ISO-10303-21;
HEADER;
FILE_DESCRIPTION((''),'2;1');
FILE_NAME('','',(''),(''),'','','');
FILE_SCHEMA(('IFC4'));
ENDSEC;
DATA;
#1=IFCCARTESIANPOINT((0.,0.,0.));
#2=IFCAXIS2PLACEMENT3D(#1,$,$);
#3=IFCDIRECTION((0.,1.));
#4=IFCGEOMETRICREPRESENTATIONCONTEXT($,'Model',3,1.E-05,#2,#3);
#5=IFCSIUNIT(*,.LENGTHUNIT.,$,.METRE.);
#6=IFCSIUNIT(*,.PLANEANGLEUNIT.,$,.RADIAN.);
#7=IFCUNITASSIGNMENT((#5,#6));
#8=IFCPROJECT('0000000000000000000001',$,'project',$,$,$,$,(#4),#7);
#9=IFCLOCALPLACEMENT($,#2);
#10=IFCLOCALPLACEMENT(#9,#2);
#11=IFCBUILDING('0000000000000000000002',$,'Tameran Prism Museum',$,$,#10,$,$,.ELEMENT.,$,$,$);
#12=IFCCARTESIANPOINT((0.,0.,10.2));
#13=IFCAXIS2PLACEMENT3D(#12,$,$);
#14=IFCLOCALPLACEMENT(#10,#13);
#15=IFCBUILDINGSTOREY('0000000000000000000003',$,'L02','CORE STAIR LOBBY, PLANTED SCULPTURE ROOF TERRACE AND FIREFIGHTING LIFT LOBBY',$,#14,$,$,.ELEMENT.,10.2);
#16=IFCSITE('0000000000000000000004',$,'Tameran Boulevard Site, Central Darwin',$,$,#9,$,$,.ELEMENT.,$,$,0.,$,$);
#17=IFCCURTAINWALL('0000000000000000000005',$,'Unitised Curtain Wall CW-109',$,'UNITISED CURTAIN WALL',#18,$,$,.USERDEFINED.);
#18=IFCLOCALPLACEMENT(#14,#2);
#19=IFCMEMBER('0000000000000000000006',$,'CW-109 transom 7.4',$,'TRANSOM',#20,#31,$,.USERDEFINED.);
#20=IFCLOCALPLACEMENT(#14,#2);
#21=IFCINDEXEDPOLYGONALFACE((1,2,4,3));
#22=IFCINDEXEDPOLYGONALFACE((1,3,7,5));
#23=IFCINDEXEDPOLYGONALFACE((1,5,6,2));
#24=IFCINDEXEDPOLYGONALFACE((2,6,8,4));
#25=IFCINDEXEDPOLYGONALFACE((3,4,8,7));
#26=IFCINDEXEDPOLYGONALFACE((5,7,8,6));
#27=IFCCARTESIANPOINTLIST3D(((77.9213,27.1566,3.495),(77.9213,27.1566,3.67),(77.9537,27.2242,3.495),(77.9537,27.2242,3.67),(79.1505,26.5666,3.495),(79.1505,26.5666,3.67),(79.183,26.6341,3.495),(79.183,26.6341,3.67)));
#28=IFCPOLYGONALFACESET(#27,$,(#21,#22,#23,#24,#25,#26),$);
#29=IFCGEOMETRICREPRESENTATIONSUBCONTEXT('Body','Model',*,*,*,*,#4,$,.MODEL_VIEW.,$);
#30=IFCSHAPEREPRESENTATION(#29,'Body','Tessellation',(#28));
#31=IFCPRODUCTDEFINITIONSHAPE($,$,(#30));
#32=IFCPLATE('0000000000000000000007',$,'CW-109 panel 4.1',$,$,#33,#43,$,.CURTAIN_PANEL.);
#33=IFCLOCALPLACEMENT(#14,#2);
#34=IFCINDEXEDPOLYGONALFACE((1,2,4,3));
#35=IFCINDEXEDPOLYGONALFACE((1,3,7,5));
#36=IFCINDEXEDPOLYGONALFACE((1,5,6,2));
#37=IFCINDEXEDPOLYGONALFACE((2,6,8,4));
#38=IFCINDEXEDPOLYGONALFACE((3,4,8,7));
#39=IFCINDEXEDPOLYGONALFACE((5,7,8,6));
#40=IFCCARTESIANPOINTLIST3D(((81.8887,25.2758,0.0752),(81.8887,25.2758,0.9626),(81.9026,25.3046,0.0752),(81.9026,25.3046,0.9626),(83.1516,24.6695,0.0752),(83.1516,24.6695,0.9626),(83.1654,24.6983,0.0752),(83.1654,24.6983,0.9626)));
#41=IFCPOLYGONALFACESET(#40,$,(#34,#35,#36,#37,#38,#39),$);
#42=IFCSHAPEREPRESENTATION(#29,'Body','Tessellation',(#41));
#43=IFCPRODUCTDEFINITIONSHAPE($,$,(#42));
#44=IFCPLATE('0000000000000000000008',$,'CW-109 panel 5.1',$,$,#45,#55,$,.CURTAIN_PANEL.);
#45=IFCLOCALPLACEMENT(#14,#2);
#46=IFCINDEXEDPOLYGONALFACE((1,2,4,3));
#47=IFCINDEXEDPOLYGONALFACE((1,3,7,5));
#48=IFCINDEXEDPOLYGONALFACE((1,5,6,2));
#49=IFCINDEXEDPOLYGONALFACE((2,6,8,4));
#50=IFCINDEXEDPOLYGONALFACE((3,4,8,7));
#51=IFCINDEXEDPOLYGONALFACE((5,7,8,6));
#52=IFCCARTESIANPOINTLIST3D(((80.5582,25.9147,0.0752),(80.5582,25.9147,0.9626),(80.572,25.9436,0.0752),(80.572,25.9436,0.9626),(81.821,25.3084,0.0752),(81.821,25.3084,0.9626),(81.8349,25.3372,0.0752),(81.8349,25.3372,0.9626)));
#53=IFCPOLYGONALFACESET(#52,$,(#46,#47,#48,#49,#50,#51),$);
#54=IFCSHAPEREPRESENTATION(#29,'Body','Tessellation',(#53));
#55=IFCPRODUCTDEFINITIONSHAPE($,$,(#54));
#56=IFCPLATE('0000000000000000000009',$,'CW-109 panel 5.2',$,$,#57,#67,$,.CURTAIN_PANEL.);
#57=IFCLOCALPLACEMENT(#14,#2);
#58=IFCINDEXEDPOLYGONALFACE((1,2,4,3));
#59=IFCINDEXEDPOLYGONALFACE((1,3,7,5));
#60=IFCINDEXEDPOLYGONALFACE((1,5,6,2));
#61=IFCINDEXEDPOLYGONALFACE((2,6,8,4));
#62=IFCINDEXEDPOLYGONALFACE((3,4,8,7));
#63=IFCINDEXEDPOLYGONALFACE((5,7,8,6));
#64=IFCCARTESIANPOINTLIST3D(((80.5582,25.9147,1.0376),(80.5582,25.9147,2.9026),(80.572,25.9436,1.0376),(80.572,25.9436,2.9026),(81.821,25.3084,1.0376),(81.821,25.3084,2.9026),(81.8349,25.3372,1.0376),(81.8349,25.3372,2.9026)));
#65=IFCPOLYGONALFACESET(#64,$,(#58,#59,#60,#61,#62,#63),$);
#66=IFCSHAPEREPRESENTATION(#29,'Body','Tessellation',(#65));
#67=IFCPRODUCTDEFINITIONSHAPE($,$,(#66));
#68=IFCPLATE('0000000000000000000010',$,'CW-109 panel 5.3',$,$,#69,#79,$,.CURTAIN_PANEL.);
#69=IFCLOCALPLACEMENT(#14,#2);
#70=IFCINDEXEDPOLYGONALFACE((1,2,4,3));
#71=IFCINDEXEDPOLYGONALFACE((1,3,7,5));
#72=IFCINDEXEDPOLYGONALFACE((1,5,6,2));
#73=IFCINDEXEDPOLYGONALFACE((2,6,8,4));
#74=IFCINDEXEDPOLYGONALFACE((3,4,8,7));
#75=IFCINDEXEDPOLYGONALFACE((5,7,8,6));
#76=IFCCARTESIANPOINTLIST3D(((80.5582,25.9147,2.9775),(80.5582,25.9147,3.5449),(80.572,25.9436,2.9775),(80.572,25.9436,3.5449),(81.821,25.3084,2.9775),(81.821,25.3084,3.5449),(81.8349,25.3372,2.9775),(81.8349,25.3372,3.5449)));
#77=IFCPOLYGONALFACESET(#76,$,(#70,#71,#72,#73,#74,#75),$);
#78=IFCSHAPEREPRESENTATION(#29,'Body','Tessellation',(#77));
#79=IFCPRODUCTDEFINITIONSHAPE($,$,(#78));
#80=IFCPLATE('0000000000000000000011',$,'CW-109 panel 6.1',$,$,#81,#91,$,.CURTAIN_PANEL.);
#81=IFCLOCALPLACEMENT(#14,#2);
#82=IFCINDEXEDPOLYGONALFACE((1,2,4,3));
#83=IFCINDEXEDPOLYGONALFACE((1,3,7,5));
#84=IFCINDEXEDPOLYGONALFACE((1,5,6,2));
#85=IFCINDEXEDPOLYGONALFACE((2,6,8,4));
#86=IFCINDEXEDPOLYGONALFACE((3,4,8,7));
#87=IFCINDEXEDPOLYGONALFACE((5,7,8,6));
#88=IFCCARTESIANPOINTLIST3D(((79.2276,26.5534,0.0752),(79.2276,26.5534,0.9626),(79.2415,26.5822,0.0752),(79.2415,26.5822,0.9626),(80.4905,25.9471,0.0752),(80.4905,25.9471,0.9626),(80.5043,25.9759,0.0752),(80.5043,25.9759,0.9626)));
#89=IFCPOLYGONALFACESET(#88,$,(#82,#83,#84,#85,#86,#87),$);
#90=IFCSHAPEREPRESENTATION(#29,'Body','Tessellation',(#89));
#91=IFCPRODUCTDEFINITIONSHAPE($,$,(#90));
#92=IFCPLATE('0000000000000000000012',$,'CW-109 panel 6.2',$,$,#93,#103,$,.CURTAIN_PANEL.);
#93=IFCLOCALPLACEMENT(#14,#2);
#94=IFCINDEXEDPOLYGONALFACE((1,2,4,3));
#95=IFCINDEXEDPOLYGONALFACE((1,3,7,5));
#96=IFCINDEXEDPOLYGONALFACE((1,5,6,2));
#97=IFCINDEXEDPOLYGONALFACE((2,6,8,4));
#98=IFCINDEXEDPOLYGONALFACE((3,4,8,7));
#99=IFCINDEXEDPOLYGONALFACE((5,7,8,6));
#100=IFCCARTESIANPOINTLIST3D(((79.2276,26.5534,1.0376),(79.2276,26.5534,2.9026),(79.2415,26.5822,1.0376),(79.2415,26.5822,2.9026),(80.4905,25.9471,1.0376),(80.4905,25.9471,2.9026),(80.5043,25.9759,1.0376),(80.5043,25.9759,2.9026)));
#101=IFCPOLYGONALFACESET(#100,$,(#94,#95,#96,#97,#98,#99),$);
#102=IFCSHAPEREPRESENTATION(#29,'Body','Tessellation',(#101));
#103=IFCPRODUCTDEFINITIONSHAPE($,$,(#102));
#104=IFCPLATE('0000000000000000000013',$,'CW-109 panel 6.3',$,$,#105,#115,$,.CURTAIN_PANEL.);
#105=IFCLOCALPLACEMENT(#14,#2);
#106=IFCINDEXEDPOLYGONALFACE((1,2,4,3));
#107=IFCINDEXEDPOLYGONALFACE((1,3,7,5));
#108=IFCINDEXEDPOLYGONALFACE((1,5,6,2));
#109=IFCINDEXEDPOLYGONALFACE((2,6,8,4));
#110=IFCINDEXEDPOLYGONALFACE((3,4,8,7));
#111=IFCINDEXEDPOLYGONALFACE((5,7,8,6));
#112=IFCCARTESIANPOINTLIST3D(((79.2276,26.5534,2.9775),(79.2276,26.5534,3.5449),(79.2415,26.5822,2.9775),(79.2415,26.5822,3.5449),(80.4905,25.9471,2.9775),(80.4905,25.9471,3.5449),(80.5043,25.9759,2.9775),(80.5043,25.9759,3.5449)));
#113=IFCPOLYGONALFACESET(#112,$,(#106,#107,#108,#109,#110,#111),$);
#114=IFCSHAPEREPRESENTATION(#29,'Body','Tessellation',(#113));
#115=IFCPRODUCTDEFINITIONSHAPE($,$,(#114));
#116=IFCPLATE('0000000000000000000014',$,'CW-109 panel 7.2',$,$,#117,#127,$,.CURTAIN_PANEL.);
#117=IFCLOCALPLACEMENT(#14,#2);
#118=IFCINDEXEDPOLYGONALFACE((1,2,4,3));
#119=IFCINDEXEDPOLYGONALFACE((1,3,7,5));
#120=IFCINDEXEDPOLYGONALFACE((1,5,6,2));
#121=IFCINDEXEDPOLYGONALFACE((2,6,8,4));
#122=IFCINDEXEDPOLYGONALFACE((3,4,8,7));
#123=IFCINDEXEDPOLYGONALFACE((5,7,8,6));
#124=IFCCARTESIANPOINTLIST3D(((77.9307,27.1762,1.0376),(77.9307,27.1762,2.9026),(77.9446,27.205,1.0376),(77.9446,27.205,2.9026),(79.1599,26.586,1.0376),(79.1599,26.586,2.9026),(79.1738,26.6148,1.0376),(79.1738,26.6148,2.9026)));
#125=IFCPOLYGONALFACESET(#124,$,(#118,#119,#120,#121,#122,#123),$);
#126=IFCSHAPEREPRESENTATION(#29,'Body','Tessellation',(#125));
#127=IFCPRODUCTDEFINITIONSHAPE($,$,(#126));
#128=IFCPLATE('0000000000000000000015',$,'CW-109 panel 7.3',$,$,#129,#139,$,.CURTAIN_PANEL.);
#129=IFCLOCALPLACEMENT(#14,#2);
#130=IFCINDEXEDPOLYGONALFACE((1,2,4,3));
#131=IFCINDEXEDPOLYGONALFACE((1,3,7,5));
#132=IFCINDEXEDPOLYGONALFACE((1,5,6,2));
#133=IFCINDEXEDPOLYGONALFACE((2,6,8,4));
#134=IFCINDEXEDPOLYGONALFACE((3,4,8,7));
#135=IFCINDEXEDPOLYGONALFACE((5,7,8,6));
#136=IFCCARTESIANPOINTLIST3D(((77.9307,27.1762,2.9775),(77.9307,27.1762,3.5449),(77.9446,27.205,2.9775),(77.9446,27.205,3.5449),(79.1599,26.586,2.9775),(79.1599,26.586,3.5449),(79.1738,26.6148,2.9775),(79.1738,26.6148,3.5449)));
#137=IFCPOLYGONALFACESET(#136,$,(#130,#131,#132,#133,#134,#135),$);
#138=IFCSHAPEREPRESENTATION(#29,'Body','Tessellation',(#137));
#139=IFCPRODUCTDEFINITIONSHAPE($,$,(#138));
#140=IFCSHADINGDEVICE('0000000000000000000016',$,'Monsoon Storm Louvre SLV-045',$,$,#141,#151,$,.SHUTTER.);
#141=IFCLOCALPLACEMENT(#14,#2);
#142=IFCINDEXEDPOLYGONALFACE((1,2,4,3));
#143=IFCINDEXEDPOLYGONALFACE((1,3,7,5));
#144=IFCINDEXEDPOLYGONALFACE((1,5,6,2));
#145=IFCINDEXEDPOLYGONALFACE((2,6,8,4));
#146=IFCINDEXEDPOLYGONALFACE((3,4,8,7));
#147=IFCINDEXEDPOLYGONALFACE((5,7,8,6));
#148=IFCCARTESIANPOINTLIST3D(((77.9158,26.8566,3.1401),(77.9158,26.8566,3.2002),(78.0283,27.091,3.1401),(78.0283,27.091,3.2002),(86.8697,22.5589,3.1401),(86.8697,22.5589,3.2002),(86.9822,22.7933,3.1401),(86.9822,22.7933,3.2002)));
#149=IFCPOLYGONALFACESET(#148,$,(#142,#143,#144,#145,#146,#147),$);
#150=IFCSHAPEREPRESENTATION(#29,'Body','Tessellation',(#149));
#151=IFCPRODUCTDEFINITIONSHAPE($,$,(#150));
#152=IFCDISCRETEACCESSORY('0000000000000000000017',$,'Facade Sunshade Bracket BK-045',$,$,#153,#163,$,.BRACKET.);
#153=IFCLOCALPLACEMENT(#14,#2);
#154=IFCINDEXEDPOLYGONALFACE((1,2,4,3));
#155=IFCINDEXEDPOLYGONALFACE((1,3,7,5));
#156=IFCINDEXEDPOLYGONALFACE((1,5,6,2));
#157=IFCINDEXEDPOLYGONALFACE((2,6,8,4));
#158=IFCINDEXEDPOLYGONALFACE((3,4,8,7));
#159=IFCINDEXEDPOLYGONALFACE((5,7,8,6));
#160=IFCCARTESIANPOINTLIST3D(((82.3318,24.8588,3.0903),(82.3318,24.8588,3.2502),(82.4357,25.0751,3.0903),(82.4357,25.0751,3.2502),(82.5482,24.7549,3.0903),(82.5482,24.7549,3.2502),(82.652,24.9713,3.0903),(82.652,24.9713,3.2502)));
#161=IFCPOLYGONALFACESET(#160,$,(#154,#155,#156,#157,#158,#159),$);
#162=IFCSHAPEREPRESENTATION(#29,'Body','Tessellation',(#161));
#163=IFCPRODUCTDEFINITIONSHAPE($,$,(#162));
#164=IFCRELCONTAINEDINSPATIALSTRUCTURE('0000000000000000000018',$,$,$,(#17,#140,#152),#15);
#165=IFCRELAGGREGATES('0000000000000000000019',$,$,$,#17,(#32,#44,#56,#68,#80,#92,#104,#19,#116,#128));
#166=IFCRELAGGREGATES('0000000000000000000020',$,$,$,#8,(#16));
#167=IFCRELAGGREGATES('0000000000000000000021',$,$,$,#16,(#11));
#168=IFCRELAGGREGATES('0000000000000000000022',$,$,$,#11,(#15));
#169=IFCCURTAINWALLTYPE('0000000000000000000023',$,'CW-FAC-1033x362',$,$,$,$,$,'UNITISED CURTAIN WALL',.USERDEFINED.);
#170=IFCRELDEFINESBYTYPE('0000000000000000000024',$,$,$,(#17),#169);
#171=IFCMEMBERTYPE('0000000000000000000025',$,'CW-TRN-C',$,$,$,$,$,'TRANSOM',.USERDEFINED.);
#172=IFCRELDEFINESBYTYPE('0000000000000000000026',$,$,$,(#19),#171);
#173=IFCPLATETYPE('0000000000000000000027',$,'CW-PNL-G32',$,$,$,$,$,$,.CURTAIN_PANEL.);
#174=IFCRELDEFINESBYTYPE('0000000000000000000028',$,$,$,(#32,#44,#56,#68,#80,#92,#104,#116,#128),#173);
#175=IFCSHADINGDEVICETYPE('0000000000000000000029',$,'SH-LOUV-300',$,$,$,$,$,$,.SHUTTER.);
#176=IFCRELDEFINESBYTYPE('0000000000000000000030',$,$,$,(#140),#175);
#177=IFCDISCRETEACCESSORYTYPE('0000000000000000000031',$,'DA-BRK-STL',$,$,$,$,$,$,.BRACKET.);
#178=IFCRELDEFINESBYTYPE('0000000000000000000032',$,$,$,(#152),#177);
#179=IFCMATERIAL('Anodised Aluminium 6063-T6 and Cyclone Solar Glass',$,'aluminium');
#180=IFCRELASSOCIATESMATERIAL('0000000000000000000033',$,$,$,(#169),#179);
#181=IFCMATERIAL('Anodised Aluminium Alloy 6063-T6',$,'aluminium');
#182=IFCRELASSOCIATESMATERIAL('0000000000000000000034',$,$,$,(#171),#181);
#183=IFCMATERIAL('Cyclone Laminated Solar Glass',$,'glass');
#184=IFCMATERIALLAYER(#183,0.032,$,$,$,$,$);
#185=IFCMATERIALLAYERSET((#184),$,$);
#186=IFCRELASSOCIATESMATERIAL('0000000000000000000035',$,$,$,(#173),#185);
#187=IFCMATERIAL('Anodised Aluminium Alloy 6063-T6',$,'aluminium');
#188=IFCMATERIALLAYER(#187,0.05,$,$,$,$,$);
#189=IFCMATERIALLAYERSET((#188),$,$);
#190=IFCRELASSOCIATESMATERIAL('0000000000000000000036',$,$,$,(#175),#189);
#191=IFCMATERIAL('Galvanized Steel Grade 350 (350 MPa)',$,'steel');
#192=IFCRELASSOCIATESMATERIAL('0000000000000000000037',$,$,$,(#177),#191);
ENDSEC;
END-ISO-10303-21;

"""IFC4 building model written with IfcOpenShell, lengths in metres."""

from ifc_helpers import new_model, si_unit, direction, frame, origin, origin_2d, place, context, subcontext, project, spatial, rectangle, extrude, material, layer, layer_set, material_profile, profile_set, type_object, element, aggregate, save


model = new_model("IFC4")

# Units and contexts
model_context = context("Model", 3, precision=1e-05, world=origin(), true_north=direction((0.0, 1.0)))
body_context = subcontext(model_context, "Body", "Model", "MODEL_VIEW")
ifc_project = project(units=[si_unit("LENGTHUNIT", "METRE"), si_unit("PLANEANGLEUNIT", "RADIAN")], contexts=[model_context])

# Site, building, storey
site_placement = place(None, origin())
site = spatial("IfcSite", under=ifc_project, at=site_placement, Name="Tameran Boulevard Site, Central Darwin", CompositionType="ELEMENT", RefElevation=0.0)
building_placement = place(site_placement, origin())
building = spatial("IfcBuilding", under=site, at=building_placement, Name="Tameran Prism Museum", CompositionType="ELEMENT")
storey_placement = place(building_placement, frame((0.0, 0.0, 10.2)))
storey = spatial("IfcBuildingStorey", under=building, at=storey_placement, Name="L02", Description="CORE STAIR LOBBY, PLANTED SCULPTURE ROOF TERRACE AND FIREFIGHTING LIFT LOBBY", CompositionType="ELEMENT", Elevation=10.2)

# Curtain wall, member, plates
ifc_material_1 = material(Name="Anodised Aluminium 6063-T6 and Cyclone Solar Glass", Category="aluminium")
curtain_wall_type = type_object("IfcCurtainWallType", Name="CW-FAC-1033x362", ElementType="UNITISED CURTAIN WALL", PredefinedType="USERDEFINED", material=ifc_material_1)
curtain_wall_placement = place(storey_placement, origin())
curtain_wall = element("IfcCurtainWall", 1, at=curtain_wall_placement, inside=storey, type_object=curtain_wall_type, Name="Unitised Curtain Wall CW-109", ObjectType="UNITISED CURTAIN WALL", PredefinedType="USERDEFINED")
ifc_material_2 = material(Name="Anodised Aluminium Alloy 6063-T6", Category="aluminium")
ifc_material_profile_1 = material_profile(ifc_material_2, rectangle(XDim=0.075, YDim=0.175, at=origin_2d()))
ifc_profile_set_1 = profile_set([ifc_material_profile_1])
member_type_1 = type_object("IfcMemberType", Name="CW-TRN-C", ElementType="TRANSOM", PredefinedType="USERDEFINED", material=ifc_profile_set_1)
member_1_placement = place(storey_placement, frame((79.1667, 26.6003, 3.5825), z_axis=(-0.901509, 0.43276, 0.0), x_axis=(-0.43276, -0.901509, 0.0)))
member_1 = element("IfcMember", 2, at=member_1_placement, type_object=member_type_1, Name="CW-109 transom 7.4", ObjectType="TRANSOM", PredefinedType="USERDEFINED", context=body_context, shape_type="SweptSolid", body=[
    extrude(rectangle(XDim=0.075, YDim=0.175, at=origin_2d()), origin(), (0.0, 0.0, 1.0), 1.3635),
])
ifc_material_3 = material(Name="Cyclone Laminated Solar Glass", Category="glass")
ifc_layer_1 = layer(ifc_material_3, 0.032)
ifc_layer_set_1 = layer_set([ifc_layer_1])
plate_type = type_object("IfcPlateType", Name="CW-PNL-G32", PredefinedType="CURTAIN_PANEL", material=ifc_layer_set_1)
plate_1_placement = place(storey_placement, frame((82.5271, 24.9871, 0.0752), z_axis=(0.0, 0.0, 1.0), x_axis=(-0.901475, 0.432832, 0.0)))
plate_1 = element("IfcPlate", 3, at=plate_1_placement, type_object=plate_type, Name="CW-109 panel 4.1", PredefinedType="CURTAIN_PANEL", context=body_context, shape_type="SweptSolid", body=[
    extrude(rectangle(XDim=1.4009, YDim=0.032, at=origin_2d()), origin(), (0.0, 0.0, 1.0), 0.8875),
])
plate_2_placement = place(storey_placement, frame((81.1965, 25.626, 0.0752), z_axis=(0.0, 0.0, 1.0), x_axis=(-0.901475, 0.432832, 0.0)))
plate_2 = element("IfcPlate", 4, at=plate_2_placement, type_object=plate_type, Name="CW-109 panel 5.1", PredefinedType="CURTAIN_PANEL", context=body_context, shape_type="SweptSolid", body=[
    extrude(rectangle(XDim=1.4009, YDim=0.032, at=origin_2d()), origin(), (0.0, 0.0, 1.0), 0.8875),
])
plate_3_placement = place(storey_placement, frame((81.1965, 25.626, 1.0376), z_axis=(0.0, 0.0, 1.0), x_axis=(-0.901475, 0.432832, 0.0)))
plate_3 = element("IfcPlate", 5, at=plate_3_placement, type_object=plate_type, Name="CW-109 panel 5.2", PredefinedType="CURTAIN_PANEL", context=body_context, shape_type="SweptSolid", body=[
    extrude(rectangle(XDim=1.4009, YDim=0.032, at=origin_2d()), origin(), (0.0, 0.0, 1.0), 1.865),
])
plate_4_placement = place(storey_placement, frame((81.1965, 25.626, 2.9775), z_axis=(0.0, 0.0, 1.0), x_axis=(-0.901475, 0.432832, 0.0)))
plate_4 = element("IfcPlate", 6, at=plate_4_placement, type_object=plate_type, Name="CW-109 panel 5.3", PredefinedType="CURTAIN_PANEL", context=body_context, shape_type="SweptSolid", body=[
    extrude(rectangle(XDim=1.4009, YDim=0.032, at=origin_2d()), origin(), (0.0, 0.0, 1.0), 0.5674),
])
plate_5_placement = place(storey_placement, frame((79.866, 26.2646, 0.0752), z_axis=(0.0, 0.0, 1.0), x_axis=(-0.901475, 0.432832, 0.0)))
plate_5 = element("IfcPlate", 7, at=plate_5_placement, type_object=plate_type, Name="CW-109 panel 6.1", PredefinedType="CURTAIN_PANEL", context=body_context, shape_type="SweptSolid", body=[
    extrude(rectangle(XDim=1.4009, YDim=0.032, at=origin_2d()), origin(), (0.0, 0.0, 1.0), 0.8875),
])
plate_6_placement = place(storey_placement, frame((79.866, 26.2646, 1.0376), z_axis=(0.0, 0.0, 1.0), x_axis=(-0.901475, 0.432832, 0.0)))
plate_6 = element("IfcPlate", 8, at=plate_6_placement, type_object=plate_type, Name="CW-109 panel 6.2", PredefinedType="CURTAIN_PANEL", context=body_context, shape_type="SweptSolid", body=[
    extrude(rectangle(XDim=1.4009, YDim=0.032, at=origin_2d()), origin(), (0.0, 0.0, 1.0), 1.865),
])
plate_7_placement = place(storey_placement, frame((79.866, 26.2646, 2.9775), z_axis=(0.0, 0.0, 1.0), x_axis=(-0.901475, 0.432832, 0.0)))
plate_7 = element("IfcPlate", 9, at=plate_7_placement, type_object=plate_type, Name="CW-109 panel 6.3", PredefinedType="CURTAIN_PANEL", context=body_context, shape_type="SweptSolid", body=[
    extrude(rectangle(XDim=1.4009, YDim=0.032, at=origin_2d()), origin(), (0.0, 0.0, 1.0), 0.5674),
])
plate_8_placement = place(storey_placement, frame((78.5522, 26.8955, 1.0376), z_axis=(0.0, 0.0, 1.0), x_axis=(-0.901475, 0.432832, 0.0)))
plate_8 = element("IfcPlate", 10, at=plate_8_placement, type_object=plate_type, Name="CW-109 panel 7.2", PredefinedType="CURTAIN_PANEL", context=body_context, shape_type="SweptSolid", body=[
    extrude(rectangle(XDim=1.3635, YDim=0.032, at=origin_2d()), origin(), (0.0, 0.0, 1.0), 1.865),
])
plate_9_placement = place(storey_placement, frame((78.5522, 26.8955, 2.9775), z_axis=(0.0, 0.0, 1.0), x_axis=(-0.901475, 0.432832, 0.0)))
plate_9 = element("IfcPlate", 11, at=plate_9_placement, type_object=plate_type, Name="CW-109 panel 7.3", PredefinedType="CURTAIN_PANEL", context=body_context, shape_type="SweptSolid", body=[
    extrude(rectangle(XDim=1.3635, YDim=0.032, at=origin_2d()), origin(), (0.0, 0.0, 1.0), 0.5674),
])
aggregate(curtain_wall, [plate_1, plate_2, plate_3, plate_4, plate_5, plate_6, plate_7, member_1, plate_8, plate_9])

# Shading device
ifc_material_4 = material(Name="Anodised Aluminium Alloy 6063-T6", Category="aluminium")
ifc_layer_2 = layer(ifc_material_4, 0.05)
ifc_layer_set_2 = layer_set([ifc_layer_2])
shading_device_type = type_object("IfcShadingDeviceType", Name="SH-LOUV-300", PredefinedType="SHUTTER", material=ifc_layer_set_2)
shading_device_placement = place(storey_placement, frame((82.449, 24.825, 3.1401), z_axis=(0.0, 0.0, 1.0), x_axis=(-0.901531, 0.432715, 0.0)))
element("IfcShadingDevice", 12, at=shading_device_placement, inside=storey, type_object=shading_device_type, Name="Monsoon Storm Louvre SLV-045", PredefinedType="SHUTTER", context=body_context, shape_type="SweptSolid", body=[
    extrude(rectangle(XDim=9.9319, YDim=0.26, at=origin_2d()), origin(), (0.0, 0.0, 1.0), 0.0601),
])

# Discrete accessory
ifc_material_5 = material(Name="Galvanized Steel Grade 350 (350 MPa)", Category="steel")
discrete_accessory_type = type_object("IfcDiscreteAccessoryType", Name="DA-BRK-STL", PredefinedType="BRACKET", material=ifc_material_5)
discrete_accessory_placement = place(storey_placement, frame((82.4919, 24.915, 3.0903), z_axis=(0.0, 0.0, 1.0), x_axis=(-0.901531, 0.432715, 0.0)))
element("IfcDiscreteAccessory", 13, at=discrete_accessory_placement, inside=storey, type_object=discrete_accessory_type, Name="Facade Sunshade Bracket BK-045", PredefinedType="BRACKET", context=body_context, shape_type="SweptSolid", body=[
    extrude(rectangle(XDim=0.24, YDim=0.24, at=origin_2d()), origin(), (0.0, 0.0, 1.0), 0.1599),
])

save(model, "model.ifc")
